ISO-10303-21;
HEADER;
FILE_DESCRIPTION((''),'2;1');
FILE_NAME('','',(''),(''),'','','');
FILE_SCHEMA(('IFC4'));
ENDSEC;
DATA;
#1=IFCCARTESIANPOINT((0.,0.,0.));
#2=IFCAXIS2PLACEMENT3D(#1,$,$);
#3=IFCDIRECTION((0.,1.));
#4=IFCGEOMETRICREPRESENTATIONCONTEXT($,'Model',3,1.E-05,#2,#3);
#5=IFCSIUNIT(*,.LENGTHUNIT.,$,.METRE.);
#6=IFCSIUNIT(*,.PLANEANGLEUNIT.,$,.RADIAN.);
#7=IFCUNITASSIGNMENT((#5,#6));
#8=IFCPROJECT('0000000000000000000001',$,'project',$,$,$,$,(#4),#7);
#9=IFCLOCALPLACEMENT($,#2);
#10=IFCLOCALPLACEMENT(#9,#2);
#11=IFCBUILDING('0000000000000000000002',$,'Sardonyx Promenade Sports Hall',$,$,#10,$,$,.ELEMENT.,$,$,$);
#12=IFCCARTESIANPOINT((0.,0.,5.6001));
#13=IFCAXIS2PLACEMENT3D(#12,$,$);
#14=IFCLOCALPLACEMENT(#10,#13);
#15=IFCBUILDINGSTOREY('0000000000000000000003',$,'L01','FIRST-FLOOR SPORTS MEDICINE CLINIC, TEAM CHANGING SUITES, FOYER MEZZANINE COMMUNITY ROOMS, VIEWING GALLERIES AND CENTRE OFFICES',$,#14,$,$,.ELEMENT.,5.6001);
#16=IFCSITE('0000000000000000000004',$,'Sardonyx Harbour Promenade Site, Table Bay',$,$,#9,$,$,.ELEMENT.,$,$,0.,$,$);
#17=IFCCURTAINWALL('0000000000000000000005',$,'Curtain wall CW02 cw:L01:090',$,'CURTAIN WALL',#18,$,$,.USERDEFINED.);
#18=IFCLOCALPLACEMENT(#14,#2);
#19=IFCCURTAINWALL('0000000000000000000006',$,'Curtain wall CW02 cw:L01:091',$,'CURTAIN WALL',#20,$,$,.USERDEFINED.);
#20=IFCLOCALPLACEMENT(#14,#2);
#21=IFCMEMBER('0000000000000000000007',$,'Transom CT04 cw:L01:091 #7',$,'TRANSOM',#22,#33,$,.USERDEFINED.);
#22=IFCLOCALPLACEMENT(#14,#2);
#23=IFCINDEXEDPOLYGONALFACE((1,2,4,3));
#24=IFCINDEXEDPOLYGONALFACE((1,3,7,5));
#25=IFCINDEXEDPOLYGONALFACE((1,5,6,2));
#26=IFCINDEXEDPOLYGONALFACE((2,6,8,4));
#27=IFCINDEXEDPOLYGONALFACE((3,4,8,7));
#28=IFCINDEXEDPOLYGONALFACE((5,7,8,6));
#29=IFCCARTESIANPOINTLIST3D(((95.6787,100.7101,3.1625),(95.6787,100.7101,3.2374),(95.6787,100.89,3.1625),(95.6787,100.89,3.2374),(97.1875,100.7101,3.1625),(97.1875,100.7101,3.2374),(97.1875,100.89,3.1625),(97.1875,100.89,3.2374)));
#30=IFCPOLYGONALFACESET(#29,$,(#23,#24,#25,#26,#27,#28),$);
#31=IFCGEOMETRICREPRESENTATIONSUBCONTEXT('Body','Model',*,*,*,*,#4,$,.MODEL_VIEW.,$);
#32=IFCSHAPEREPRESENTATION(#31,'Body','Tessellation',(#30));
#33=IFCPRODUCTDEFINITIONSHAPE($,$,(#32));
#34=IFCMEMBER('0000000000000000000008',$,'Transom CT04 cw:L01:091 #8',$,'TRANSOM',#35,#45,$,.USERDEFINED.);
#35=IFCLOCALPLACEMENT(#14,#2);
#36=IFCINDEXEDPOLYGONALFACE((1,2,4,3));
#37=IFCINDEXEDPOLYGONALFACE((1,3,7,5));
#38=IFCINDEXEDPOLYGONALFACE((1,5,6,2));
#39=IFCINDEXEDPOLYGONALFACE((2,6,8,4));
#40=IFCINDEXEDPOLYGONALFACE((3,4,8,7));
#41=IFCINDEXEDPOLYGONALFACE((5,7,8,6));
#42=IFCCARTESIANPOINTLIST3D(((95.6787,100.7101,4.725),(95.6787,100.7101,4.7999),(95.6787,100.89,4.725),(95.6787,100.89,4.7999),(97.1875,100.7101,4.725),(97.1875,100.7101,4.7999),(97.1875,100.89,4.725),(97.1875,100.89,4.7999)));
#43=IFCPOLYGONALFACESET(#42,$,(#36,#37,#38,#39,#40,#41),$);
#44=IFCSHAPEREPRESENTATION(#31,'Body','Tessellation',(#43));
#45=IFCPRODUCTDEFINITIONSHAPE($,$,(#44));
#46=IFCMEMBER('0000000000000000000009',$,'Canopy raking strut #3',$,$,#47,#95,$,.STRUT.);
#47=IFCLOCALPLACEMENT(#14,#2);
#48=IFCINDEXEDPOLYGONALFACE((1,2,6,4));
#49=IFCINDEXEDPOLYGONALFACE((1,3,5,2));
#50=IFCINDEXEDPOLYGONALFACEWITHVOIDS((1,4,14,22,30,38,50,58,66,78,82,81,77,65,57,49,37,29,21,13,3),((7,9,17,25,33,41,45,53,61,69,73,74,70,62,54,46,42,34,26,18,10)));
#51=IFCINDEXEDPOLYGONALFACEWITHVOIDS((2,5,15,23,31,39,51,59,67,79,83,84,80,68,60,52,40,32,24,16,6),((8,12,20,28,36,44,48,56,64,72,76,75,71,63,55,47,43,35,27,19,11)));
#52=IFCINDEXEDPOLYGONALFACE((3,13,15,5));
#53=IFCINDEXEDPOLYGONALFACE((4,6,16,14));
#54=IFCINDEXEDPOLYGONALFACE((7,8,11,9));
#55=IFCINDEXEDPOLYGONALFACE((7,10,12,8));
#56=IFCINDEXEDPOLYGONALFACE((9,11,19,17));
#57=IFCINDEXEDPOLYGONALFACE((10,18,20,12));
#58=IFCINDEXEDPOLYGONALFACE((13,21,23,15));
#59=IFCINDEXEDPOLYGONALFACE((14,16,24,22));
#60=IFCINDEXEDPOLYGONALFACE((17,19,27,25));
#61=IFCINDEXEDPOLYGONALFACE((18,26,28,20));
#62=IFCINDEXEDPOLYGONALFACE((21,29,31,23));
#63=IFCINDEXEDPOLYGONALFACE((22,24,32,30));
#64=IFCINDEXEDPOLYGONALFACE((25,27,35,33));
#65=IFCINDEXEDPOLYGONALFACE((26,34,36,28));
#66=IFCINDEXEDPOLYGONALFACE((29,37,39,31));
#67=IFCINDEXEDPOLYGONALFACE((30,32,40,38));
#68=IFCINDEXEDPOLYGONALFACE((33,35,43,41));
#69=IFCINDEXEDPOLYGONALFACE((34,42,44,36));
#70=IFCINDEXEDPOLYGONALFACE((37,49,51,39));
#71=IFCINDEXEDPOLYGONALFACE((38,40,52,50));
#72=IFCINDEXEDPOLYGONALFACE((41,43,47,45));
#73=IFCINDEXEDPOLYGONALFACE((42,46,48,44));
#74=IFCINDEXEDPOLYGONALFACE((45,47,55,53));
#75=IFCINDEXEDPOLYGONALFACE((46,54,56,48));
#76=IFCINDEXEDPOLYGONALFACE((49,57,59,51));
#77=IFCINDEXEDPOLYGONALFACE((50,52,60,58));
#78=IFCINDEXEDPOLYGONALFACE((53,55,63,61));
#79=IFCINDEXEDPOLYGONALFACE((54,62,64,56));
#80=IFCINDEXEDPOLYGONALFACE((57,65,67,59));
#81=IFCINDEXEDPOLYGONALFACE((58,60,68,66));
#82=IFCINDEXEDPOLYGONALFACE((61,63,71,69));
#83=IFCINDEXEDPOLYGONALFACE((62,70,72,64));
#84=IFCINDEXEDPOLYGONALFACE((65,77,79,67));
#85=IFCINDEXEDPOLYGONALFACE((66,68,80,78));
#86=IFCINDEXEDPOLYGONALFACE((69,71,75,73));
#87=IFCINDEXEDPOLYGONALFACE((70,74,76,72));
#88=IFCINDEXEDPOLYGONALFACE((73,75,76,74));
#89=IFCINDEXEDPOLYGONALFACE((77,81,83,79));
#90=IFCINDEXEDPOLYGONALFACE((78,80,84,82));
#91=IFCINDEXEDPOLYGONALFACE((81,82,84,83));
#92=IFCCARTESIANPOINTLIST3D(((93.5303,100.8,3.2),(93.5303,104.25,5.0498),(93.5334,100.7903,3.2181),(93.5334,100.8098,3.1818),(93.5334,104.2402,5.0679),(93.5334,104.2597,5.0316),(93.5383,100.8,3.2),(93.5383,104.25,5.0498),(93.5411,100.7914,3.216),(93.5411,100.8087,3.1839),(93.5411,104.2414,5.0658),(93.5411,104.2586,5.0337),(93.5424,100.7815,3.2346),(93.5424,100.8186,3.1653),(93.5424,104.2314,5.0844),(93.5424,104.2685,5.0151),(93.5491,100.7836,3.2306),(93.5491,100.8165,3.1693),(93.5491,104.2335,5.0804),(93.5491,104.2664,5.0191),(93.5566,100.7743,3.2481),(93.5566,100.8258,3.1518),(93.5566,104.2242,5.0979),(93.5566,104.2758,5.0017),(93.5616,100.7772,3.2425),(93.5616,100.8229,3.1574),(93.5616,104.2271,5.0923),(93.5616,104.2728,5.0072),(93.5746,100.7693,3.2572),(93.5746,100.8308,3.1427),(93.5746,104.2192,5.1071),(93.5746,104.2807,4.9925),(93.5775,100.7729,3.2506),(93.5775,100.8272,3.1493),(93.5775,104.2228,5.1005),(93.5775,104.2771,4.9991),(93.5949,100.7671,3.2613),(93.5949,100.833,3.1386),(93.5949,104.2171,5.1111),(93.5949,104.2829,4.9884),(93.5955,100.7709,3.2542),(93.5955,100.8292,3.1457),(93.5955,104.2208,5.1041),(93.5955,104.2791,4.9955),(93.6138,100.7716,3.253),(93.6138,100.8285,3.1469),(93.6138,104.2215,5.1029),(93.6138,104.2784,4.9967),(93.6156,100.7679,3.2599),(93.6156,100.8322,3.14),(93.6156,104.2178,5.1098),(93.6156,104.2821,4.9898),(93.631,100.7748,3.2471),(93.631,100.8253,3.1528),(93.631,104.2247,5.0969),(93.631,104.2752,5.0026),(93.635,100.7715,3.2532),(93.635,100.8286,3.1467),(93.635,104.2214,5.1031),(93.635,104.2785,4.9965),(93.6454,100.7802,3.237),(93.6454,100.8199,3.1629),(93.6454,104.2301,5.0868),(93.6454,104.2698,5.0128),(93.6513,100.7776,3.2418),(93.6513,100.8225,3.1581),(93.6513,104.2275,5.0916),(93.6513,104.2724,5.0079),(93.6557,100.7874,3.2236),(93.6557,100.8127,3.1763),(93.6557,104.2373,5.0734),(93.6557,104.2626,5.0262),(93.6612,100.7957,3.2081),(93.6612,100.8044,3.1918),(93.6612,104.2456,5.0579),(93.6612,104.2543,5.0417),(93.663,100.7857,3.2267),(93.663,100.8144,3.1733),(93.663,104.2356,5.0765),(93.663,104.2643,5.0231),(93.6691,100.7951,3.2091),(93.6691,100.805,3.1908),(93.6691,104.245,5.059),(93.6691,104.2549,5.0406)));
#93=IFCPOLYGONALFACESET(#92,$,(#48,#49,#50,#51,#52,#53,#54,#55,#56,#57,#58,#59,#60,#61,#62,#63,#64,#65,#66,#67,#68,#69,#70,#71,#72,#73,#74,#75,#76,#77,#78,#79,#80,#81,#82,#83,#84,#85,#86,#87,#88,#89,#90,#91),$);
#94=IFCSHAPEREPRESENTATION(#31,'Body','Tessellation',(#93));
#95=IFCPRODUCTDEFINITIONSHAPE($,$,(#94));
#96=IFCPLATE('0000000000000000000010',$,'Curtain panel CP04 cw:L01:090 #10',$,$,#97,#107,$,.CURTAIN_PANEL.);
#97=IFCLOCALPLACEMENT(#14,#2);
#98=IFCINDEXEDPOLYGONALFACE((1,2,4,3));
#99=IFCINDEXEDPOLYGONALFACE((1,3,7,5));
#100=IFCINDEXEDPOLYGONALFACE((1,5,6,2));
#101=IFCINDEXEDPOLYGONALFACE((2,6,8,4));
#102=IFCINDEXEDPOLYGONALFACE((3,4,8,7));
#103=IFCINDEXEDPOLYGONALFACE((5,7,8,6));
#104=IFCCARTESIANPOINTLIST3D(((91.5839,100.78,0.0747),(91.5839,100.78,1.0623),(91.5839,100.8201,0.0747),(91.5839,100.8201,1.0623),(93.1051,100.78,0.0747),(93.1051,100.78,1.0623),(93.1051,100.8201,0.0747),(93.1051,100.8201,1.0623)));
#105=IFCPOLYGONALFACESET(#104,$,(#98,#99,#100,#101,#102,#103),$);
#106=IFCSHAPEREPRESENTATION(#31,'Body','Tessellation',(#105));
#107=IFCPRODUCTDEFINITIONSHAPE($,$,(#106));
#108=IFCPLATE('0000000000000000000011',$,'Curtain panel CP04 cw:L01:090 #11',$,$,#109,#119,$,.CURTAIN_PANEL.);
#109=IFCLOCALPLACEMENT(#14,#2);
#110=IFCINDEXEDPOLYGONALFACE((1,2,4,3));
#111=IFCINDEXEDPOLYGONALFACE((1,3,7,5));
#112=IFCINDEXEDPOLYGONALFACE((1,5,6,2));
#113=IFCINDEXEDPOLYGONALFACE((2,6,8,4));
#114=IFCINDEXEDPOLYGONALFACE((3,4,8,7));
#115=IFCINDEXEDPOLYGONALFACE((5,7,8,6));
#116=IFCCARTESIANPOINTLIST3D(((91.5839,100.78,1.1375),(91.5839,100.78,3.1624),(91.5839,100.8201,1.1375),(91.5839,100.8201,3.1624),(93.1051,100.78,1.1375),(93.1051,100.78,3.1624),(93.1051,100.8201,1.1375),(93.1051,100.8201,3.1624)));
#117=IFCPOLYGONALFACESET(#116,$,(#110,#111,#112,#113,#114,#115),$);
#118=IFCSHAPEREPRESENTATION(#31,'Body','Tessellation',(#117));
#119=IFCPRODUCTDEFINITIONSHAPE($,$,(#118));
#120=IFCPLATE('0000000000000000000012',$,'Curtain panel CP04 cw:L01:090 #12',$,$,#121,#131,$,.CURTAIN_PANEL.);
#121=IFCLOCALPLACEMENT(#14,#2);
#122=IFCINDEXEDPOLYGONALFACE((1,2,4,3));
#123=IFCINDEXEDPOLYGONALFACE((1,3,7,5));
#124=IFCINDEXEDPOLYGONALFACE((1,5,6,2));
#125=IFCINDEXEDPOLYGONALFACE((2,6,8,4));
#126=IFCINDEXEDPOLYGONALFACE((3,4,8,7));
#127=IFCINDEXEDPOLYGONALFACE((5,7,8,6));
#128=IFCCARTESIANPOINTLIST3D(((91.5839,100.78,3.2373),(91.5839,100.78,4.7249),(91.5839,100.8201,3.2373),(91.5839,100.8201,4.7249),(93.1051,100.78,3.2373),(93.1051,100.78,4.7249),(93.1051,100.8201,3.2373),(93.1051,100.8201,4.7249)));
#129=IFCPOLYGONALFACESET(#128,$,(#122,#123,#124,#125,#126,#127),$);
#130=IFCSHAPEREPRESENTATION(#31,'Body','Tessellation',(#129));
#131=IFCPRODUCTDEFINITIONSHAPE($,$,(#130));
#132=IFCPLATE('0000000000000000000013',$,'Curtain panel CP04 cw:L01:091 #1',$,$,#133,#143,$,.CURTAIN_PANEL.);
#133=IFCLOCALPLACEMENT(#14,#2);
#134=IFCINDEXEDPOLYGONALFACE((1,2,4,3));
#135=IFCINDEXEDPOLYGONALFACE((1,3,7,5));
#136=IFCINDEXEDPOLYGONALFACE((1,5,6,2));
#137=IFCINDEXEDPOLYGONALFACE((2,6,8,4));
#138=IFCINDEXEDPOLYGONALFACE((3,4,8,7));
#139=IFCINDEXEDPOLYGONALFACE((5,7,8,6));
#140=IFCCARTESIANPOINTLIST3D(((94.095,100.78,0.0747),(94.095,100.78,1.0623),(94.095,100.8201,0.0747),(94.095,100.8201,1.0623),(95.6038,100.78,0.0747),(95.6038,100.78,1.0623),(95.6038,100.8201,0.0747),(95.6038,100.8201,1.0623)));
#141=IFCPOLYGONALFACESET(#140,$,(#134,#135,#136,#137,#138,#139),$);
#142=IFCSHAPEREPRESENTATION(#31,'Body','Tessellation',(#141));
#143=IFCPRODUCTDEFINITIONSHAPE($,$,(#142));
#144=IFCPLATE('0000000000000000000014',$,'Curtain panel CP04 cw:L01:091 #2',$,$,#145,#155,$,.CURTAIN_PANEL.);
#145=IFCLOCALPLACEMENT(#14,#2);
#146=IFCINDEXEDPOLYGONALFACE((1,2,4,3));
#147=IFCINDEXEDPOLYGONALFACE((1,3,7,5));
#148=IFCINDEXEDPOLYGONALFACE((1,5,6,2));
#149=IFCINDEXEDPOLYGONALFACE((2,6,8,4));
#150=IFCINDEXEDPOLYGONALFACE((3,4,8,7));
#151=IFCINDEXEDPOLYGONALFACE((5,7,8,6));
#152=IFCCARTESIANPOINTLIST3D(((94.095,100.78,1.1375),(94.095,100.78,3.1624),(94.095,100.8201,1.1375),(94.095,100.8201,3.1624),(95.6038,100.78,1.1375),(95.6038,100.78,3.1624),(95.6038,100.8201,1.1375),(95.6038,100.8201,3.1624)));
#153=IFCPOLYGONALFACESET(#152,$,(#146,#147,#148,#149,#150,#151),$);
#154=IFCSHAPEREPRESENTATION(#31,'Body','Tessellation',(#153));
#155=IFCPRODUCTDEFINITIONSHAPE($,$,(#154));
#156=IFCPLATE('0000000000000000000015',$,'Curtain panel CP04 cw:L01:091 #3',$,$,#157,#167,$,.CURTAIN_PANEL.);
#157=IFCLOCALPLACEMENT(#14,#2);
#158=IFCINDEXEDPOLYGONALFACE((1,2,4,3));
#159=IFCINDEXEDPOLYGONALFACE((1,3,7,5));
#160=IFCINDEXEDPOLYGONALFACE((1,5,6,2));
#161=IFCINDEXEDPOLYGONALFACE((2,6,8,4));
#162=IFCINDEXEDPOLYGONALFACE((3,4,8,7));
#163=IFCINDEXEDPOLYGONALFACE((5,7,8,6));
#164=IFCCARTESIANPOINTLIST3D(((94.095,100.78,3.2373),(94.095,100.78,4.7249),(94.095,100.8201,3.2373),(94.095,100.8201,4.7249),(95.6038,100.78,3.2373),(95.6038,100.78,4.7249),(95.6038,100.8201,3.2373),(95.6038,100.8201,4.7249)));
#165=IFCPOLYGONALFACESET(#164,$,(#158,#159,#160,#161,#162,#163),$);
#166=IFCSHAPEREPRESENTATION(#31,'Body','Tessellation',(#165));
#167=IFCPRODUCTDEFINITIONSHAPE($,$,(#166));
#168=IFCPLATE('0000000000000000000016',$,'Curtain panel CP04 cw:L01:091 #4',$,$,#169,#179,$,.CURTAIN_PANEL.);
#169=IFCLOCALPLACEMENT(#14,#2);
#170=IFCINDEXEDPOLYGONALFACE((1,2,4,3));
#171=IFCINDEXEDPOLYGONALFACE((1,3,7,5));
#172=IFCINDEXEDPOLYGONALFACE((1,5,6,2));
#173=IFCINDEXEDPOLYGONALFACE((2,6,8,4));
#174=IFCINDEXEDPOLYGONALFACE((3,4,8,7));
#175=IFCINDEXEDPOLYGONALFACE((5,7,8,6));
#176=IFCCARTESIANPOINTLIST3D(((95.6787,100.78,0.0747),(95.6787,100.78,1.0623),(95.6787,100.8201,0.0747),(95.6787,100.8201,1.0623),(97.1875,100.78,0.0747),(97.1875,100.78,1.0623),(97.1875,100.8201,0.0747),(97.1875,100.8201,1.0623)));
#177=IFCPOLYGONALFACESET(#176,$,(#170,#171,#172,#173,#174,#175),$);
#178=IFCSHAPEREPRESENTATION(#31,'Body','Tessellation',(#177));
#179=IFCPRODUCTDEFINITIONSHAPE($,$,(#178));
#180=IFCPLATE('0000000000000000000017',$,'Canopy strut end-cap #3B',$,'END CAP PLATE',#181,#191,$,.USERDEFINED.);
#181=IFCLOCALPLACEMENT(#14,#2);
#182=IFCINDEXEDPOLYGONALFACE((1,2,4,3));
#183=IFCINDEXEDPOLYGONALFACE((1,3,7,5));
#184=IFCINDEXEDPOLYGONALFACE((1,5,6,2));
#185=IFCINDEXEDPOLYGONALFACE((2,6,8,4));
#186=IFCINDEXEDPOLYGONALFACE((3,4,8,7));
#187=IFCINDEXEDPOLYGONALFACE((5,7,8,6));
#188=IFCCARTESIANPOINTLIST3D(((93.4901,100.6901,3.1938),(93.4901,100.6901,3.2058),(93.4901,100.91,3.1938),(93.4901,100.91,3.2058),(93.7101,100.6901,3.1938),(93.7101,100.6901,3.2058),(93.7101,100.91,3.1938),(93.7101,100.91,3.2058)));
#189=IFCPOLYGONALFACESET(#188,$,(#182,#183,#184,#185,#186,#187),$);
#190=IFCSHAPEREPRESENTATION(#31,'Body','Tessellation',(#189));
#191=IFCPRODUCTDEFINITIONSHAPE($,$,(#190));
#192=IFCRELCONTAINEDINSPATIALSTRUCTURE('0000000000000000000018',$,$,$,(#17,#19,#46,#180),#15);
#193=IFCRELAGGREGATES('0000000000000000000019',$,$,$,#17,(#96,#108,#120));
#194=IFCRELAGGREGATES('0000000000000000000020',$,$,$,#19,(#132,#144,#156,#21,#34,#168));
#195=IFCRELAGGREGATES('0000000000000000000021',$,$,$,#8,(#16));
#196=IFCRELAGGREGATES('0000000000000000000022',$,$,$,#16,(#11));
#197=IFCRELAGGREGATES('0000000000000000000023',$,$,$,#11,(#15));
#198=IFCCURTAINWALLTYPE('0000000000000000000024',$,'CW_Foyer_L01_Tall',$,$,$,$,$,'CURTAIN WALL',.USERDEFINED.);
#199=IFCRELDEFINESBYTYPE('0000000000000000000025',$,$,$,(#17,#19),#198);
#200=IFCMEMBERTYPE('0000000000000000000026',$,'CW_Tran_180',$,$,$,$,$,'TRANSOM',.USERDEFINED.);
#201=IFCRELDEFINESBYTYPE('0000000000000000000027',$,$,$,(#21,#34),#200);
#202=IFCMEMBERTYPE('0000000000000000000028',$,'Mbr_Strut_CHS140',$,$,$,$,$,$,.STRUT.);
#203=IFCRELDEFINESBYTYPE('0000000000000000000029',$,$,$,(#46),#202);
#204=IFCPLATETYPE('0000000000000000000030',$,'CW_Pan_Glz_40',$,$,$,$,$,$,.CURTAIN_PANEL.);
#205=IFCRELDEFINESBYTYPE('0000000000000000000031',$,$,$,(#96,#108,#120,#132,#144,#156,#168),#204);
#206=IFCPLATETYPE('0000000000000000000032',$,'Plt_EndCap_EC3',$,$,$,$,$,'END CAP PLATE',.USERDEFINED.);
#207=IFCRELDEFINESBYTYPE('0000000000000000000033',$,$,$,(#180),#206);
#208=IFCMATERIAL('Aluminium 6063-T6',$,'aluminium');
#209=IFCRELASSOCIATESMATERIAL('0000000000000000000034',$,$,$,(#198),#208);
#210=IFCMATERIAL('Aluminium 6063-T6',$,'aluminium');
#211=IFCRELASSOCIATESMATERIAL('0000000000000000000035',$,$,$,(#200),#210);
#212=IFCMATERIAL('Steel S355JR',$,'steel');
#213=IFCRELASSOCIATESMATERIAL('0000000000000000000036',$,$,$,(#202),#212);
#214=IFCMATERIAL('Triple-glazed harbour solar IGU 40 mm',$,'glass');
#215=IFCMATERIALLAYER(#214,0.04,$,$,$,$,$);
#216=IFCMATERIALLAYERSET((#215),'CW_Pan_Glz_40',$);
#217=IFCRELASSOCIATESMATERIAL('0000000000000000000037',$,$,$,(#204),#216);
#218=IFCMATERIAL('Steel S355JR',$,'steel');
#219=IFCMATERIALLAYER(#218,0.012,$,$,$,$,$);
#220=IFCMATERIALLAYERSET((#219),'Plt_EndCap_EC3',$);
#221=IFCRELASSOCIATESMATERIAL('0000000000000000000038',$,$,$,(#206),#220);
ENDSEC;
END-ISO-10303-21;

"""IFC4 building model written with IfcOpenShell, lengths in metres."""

from ifc_helpers import new_model, si_unit, direction, frame, origin, origin_2d, place, context, subcontext, project, spatial, rectangle, hollow_circle, extrude, material, layer, layer_set, material_profile, profile_set, type_object, element, aggregate, save


model = new_model("IFC4")

# Units and contexts
model_context = context("Model", 3, precision=1e-05, world=origin(), true_north=direction((0.0, 1.0)))
body_context = subcontext(model_context, "Body", "Model", "MODEL_VIEW")
ifc_project = project(units=[si_unit("LENGTHUNIT", "METRE"), si_unit("PLANEANGLEUNIT", "RADIAN")], contexts=[model_context])

# Site, building, storey
site_placement = place(None, origin())
site = spatial("IfcSite", under=ifc_project, at=site_placement, Name="Sardonyx Harbour Promenade Site, Table Bay", CompositionType="ELEMENT", RefElevation=0.0)
building_placement = place(site_placement, origin())
building = spatial("IfcBuilding", under=site, at=building_placement, Name="Sardonyx Promenade Sports Hall", CompositionType="ELEMENT")
storey_placement = place(building_placement, frame((0.0, 0.0, 5.6001)))
storey = spatial("IfcBuildingStorey", under=building, at=storey_placement, Name="L01", Description="FIRST-FLOOR SPORTS MEDICINE CLINIC, TEAM CHANGING SUITES, FOYER MEZZANINE COMMUNITY ROOMS, VIEWING GALLERIES AND CENTRE OFFICES", CompositionType="ELEMENT", Elevation=5.6001)

# Curtain wall
ifc_material_1 = material(Name="Aluminium 6063-T6", Category="aluminium")
curtain_wall_type = type_object("IfcCurtainWallType", Name="CW_Foyer_L01_Tall", ElementType="CURTAIN WALL", PredefinedType="USERDEFINED", material=ifc_material_1)
curtain_wall_1_placement = place(storey_placement, origin())
curtain_wall_1 = element("IfcCurtainWall", 1, at=curtain_wall_1_placement, inside=storey, type_object=curtain_wall_type, Name="Curtain wall CW02 cw:L01:090", ObjectType="CURTAIN WALL", PredefinedType="USERDEFINED")

# Curtain wall
curtain_wall_2_placement = place(storey_placement, origin())
curtain_wall_2 = element("IfcCurtainWall", 2, at=curtain_wall_2_placement, inside=storey, type_object=curtain_wall_type, Name="Curtain wall CW02 cw:L01:091", ObjectType="CURTAIN WALL", PredefinedType="USERDEFINED")

# Members
ifc_material_2 = material(Name="Aluminium 6063-T6", Category="aluminium")
ifc_material_profile_1 = material_profile(ifc_material_2, rectangle(XDim=0.075, YDim=0.1799, at=origin_2d()))
ifc_profile_set_1 = profile_set([ifc_material_profile_1], Name="Aluminium 6063-T6")
member_type_1 = type_object("IfcMemberType", Name="CW_Tran_180", ElementType="TRANSOM", PredefinedType="USERDEFINED", material=ifc_profile_set_1)
member_1_placement = place(storey_placement, frame((95.6787, 100.8, 3.2), z_axis=(1.0, 0.0, 0.0), x_axis=(0.0, 0.0, 1.0)))
member_1 = element("IfcMember", 3, at=member_1_placement, type_object=member_type_1, Name="Transom CT04 cw:L01:091 #7", ObjectType="TRANSOM", PredefinedType="USERDEFINED", context=body_context, shape_type="SweptSolid", body=[
    extrude(rectangle(XDim=0.075, YDim=0.1799, at=origin_2d()), origin(), (0.0, 0.0, 1.0), 1.5088),
])
member_2_placement = place(storey_placement, frame((95.6787, 100.8, 4.7625), z_axis=(1.0, 0.0, 0.0), x_axis=(0.0, 0.0, 1.0)))
member_2 = element("IfcMember", 4, at=member_2_placement, type_object=member_type_1, Name="Transom CT04 cw:L01:091 #8", ObjectType="TRANSOM", PredefinedType="USERDEFINED", context=body_context, shape_type="SweptSolid", body=[
    extrude(rectangle(XDim=0.075, YDim=0.1799, at=origin_2d()), origin(), (0.0, 0.0, 1.0), 1.5088),
])
ifc_material_3 = material(Name="Steel S355JR", Category="steel")
ifc_material_profile_2 = material_profile(ifc_material_3, hollow_circle(Radius=0.0698, WallThickness=0.0081, at=origin_2d()))
ifc_profile_set_2 = profile_set([ifc_material_profile_2], Name="Steel S355JR")
member_type_2 = type_object("IfcMemberType", Name="Mbr_Strut_CHS140", PredefinedType="STRUT", material=ifc_profile_set_2)
member_3_placement = place(storey_placement, frame((93.6001, 100.8, 3.2), z_axis=(0.0, 0.881303, 0.472552), x_axis=(-1.0, 0.0, 0.0)))
element("IfcMember", 5, at=member_3_placement, inside=storey, type_object=member_type_2, Name="Canopy raking strut #3", PredefinedType="STRUT", context=body_context, shape_type="SweptSolid", body=[
    extrude(hollow_circle(Radius=0.0698, WallThickness=0.0081, at=origin_2d()), origin(), (0.0, 0.0, 1.0), 3.9146),
])

# Plates
ifc_material_4 = material(Name="Triple-glazed harbour solar IGU 40 mm", Category="glass")
ifc_layer_1 = layer(ifc_material_4, 0.04)
ifc_layer_set_1 = layer_set([ifc_layer_1], Name="CW_Pan_Glz_40")
plate_type_1 = type_object("IfcPlateType", Name="CW_Pan_Glz_40", PredefinedType="CURTAIN_PANEL", material=ifc_layer_set_1)
plate_1_placement = place(storey_placement, frame((92.3445, 100.8, 0.0747), z_axis=(0.0, 0.0, 1.0), x_axis=(1.0, 0.0, 0.0)))
plate_1 = element("IfcPlate", 6, at=plate_1_placement, type_object=plate_type_1, Name="Curtain panel CP04 cw:L01:090 #10", PredefinedType="CURTAIN_PANEL", context=body_context, shape_type="SweptSolid", body=[
    extrude(rectangle(XDim=1.5212, YDim=0.04, at=origin_2d()), origin(), (0.0, 0.0, 1.0), 0.9875),
])
plate_2_placement = place(storey_placement, frame((92.3445, 100.8, 1.1375), z_axis=(0.0, 0.0, 1.0), x_axis=(1.0, 0.0, 0.0)))
plate_2 = element("IfcPlate", 7, at=plate_2_placement, type_object=plate_type_1, Name="Curtain panel CP04 cw:L01:090 #11", PredefinedType="CURTAIN_PANEL", context=body_context, shape_type="SweptSolid", body=[
    extrude(rectangle(XDim=1.5212, YDim=0.04, at=origin_2d()), origin(), (0.0, 0.0, 1.0), 2.0249),
])
plate_3_placement = place(storey_placement, frame((92.3445, 100.8, 3.2373), z_axis=(0.0, 0.0, 1.0), x_axis=(1.0, 0.0, 0.0)))
plate_3 = element("IfcPlate", 8, at=plate_3_placement, type_object=plate_type_1, Name="Curtain panel CP04 cw:L01:090 #12", PredefinedType="CURTAIN_PANEL", context=body_context, shape_type="SweptSolid", body=[
    extrude(rectangle(XDim=1.5212, YDim=0.04, at=origin_2d()), origin(), (0.0, 0.0, 1.0), 1.4875),
])
aggregate(curtain_wall_1, [plate_1, plate_2, plate_3])
plate_4_placement = place(storey_placement, frame((94.8494, 100.8, 0.0747), z_axis=(0.0, 0.0, 1.0), x_axis=(1.0, 0.0, 0.0)))
plate_4 = element("IfcPlate", 9, at=plate_4_placement, type_object=plate_type_1, Name="Curtain panel CP04 cw:L01:091 #1", PredefinedType="CURTAIN_PANEL", context=body_context, shape_type="SweptSolid", body=[
    extrude(rectangle(XDim=1.5088, YDim=0.04, at=origin_2d()), origin(), (0.0, 0.0, 1.0), 0.9875),
])
plate_5_placement = place(storey_placement, frame((94.8494, 100.8, 1.1375), z_axis=(0.0, 0.0, 1.0), x_axis=(1.0, 0.0, 0.0)))
plate_5 = element("IfcPlate", 10, at=plate_5_placement, type_object=plate_type_1, Name="Curtain panel CP04 cw:L01:091 #2", PredefinedType="CURTAIN_PANEL", context=body_context, shape_type="SweptSolid", body=[
    extrude(rectangle(XDim=1.5088, YDim=0.04, at=origin_2d()), origin(), (0.0, 0.0, 1.0), 2.0249),
])
plate_6_placement = place(storey_placement, frame((94.8494, 100.8, 3.2373), z_axis=(0.0, 0.0, 1.0), x_axis=(1.0, 0.0, 0.0)))
plate_6 = element("IfcPlate", 11, at=plate_6_placement, type_object=plate_type_1, Name="Curtain panel CP04 cw:L01:091 #3", PredefinedType="CURTAIN_PANEL", context=body_context, shape_type="SweptSolid", body=[
    extrude(rectangle(XDim=1.5088, YDim=0.04, at=origin_2d()), origin(), (0.0, 0.0, 1.0), 1.4875),
])
plate_7_placement = place(storey_placement, frame((96.4331, 100.8, 0.0747), z_axis=(0.0, 0.0, 1.0), x_axis=(1.0, 0.0, 0.0)))
plate_7 = element("IfcPlate", 12, at=plate_7_placement, type_object=plate_type_1, Name="Curtain panel CP04 cw:L01:091 #4", PredefinedType="CURTAIN_PANEL", context=body_context, shape_type="SweptSolid", body=[
    extrude(rectangle(XDim=1.5088, YDim=0.04, at=origin_2d()), origin(), (0.0, 0.0, 1.0), 0.9875),
])
aggregate(curtain_wall_2, [plate_4, plate_5, plate_6, member_1, member_2, plate_7])
ifc_material_5 = material(Name="Steel S355JR", Category="steel")
ifc_layer_2 = layer(ifc_material_5, 0.012)
ifc_layer_set_2 = layer_set([ifc_layer_2], Name="Plt_EndCap_EC3")
plate_type_2 = type_object("IfcPlateType", Name="Plt_EndCap_EC3", ElementType="END CAP PLATE", PredefinedType="USERDEFINED", material=ifc_layer_set_2)
plate_8_placement = place(storey_placement, frame((93.6001, 100.8, 3.1938), z_axis=(0.0, 0.0, 1.0), x_axis=(1.0, 0.0, 0.0)))
element("IfcPlate", 13, at=plate_8_placement, inside=storey, type_object=plate_type_2, Name="Canopy strut end-cap #3B", ObjectType="END CAP PLATE", PredefinedType="USERDEFINED", context=body_context, shape_type="SweptSolid", body=[
    extrude(rectangle(XDim=0.22, YDim=0.22, at=origin_2d()), origin(), (0.0, 0.0, 1.0), 0.012),
])

save(model, "model.ifc")
